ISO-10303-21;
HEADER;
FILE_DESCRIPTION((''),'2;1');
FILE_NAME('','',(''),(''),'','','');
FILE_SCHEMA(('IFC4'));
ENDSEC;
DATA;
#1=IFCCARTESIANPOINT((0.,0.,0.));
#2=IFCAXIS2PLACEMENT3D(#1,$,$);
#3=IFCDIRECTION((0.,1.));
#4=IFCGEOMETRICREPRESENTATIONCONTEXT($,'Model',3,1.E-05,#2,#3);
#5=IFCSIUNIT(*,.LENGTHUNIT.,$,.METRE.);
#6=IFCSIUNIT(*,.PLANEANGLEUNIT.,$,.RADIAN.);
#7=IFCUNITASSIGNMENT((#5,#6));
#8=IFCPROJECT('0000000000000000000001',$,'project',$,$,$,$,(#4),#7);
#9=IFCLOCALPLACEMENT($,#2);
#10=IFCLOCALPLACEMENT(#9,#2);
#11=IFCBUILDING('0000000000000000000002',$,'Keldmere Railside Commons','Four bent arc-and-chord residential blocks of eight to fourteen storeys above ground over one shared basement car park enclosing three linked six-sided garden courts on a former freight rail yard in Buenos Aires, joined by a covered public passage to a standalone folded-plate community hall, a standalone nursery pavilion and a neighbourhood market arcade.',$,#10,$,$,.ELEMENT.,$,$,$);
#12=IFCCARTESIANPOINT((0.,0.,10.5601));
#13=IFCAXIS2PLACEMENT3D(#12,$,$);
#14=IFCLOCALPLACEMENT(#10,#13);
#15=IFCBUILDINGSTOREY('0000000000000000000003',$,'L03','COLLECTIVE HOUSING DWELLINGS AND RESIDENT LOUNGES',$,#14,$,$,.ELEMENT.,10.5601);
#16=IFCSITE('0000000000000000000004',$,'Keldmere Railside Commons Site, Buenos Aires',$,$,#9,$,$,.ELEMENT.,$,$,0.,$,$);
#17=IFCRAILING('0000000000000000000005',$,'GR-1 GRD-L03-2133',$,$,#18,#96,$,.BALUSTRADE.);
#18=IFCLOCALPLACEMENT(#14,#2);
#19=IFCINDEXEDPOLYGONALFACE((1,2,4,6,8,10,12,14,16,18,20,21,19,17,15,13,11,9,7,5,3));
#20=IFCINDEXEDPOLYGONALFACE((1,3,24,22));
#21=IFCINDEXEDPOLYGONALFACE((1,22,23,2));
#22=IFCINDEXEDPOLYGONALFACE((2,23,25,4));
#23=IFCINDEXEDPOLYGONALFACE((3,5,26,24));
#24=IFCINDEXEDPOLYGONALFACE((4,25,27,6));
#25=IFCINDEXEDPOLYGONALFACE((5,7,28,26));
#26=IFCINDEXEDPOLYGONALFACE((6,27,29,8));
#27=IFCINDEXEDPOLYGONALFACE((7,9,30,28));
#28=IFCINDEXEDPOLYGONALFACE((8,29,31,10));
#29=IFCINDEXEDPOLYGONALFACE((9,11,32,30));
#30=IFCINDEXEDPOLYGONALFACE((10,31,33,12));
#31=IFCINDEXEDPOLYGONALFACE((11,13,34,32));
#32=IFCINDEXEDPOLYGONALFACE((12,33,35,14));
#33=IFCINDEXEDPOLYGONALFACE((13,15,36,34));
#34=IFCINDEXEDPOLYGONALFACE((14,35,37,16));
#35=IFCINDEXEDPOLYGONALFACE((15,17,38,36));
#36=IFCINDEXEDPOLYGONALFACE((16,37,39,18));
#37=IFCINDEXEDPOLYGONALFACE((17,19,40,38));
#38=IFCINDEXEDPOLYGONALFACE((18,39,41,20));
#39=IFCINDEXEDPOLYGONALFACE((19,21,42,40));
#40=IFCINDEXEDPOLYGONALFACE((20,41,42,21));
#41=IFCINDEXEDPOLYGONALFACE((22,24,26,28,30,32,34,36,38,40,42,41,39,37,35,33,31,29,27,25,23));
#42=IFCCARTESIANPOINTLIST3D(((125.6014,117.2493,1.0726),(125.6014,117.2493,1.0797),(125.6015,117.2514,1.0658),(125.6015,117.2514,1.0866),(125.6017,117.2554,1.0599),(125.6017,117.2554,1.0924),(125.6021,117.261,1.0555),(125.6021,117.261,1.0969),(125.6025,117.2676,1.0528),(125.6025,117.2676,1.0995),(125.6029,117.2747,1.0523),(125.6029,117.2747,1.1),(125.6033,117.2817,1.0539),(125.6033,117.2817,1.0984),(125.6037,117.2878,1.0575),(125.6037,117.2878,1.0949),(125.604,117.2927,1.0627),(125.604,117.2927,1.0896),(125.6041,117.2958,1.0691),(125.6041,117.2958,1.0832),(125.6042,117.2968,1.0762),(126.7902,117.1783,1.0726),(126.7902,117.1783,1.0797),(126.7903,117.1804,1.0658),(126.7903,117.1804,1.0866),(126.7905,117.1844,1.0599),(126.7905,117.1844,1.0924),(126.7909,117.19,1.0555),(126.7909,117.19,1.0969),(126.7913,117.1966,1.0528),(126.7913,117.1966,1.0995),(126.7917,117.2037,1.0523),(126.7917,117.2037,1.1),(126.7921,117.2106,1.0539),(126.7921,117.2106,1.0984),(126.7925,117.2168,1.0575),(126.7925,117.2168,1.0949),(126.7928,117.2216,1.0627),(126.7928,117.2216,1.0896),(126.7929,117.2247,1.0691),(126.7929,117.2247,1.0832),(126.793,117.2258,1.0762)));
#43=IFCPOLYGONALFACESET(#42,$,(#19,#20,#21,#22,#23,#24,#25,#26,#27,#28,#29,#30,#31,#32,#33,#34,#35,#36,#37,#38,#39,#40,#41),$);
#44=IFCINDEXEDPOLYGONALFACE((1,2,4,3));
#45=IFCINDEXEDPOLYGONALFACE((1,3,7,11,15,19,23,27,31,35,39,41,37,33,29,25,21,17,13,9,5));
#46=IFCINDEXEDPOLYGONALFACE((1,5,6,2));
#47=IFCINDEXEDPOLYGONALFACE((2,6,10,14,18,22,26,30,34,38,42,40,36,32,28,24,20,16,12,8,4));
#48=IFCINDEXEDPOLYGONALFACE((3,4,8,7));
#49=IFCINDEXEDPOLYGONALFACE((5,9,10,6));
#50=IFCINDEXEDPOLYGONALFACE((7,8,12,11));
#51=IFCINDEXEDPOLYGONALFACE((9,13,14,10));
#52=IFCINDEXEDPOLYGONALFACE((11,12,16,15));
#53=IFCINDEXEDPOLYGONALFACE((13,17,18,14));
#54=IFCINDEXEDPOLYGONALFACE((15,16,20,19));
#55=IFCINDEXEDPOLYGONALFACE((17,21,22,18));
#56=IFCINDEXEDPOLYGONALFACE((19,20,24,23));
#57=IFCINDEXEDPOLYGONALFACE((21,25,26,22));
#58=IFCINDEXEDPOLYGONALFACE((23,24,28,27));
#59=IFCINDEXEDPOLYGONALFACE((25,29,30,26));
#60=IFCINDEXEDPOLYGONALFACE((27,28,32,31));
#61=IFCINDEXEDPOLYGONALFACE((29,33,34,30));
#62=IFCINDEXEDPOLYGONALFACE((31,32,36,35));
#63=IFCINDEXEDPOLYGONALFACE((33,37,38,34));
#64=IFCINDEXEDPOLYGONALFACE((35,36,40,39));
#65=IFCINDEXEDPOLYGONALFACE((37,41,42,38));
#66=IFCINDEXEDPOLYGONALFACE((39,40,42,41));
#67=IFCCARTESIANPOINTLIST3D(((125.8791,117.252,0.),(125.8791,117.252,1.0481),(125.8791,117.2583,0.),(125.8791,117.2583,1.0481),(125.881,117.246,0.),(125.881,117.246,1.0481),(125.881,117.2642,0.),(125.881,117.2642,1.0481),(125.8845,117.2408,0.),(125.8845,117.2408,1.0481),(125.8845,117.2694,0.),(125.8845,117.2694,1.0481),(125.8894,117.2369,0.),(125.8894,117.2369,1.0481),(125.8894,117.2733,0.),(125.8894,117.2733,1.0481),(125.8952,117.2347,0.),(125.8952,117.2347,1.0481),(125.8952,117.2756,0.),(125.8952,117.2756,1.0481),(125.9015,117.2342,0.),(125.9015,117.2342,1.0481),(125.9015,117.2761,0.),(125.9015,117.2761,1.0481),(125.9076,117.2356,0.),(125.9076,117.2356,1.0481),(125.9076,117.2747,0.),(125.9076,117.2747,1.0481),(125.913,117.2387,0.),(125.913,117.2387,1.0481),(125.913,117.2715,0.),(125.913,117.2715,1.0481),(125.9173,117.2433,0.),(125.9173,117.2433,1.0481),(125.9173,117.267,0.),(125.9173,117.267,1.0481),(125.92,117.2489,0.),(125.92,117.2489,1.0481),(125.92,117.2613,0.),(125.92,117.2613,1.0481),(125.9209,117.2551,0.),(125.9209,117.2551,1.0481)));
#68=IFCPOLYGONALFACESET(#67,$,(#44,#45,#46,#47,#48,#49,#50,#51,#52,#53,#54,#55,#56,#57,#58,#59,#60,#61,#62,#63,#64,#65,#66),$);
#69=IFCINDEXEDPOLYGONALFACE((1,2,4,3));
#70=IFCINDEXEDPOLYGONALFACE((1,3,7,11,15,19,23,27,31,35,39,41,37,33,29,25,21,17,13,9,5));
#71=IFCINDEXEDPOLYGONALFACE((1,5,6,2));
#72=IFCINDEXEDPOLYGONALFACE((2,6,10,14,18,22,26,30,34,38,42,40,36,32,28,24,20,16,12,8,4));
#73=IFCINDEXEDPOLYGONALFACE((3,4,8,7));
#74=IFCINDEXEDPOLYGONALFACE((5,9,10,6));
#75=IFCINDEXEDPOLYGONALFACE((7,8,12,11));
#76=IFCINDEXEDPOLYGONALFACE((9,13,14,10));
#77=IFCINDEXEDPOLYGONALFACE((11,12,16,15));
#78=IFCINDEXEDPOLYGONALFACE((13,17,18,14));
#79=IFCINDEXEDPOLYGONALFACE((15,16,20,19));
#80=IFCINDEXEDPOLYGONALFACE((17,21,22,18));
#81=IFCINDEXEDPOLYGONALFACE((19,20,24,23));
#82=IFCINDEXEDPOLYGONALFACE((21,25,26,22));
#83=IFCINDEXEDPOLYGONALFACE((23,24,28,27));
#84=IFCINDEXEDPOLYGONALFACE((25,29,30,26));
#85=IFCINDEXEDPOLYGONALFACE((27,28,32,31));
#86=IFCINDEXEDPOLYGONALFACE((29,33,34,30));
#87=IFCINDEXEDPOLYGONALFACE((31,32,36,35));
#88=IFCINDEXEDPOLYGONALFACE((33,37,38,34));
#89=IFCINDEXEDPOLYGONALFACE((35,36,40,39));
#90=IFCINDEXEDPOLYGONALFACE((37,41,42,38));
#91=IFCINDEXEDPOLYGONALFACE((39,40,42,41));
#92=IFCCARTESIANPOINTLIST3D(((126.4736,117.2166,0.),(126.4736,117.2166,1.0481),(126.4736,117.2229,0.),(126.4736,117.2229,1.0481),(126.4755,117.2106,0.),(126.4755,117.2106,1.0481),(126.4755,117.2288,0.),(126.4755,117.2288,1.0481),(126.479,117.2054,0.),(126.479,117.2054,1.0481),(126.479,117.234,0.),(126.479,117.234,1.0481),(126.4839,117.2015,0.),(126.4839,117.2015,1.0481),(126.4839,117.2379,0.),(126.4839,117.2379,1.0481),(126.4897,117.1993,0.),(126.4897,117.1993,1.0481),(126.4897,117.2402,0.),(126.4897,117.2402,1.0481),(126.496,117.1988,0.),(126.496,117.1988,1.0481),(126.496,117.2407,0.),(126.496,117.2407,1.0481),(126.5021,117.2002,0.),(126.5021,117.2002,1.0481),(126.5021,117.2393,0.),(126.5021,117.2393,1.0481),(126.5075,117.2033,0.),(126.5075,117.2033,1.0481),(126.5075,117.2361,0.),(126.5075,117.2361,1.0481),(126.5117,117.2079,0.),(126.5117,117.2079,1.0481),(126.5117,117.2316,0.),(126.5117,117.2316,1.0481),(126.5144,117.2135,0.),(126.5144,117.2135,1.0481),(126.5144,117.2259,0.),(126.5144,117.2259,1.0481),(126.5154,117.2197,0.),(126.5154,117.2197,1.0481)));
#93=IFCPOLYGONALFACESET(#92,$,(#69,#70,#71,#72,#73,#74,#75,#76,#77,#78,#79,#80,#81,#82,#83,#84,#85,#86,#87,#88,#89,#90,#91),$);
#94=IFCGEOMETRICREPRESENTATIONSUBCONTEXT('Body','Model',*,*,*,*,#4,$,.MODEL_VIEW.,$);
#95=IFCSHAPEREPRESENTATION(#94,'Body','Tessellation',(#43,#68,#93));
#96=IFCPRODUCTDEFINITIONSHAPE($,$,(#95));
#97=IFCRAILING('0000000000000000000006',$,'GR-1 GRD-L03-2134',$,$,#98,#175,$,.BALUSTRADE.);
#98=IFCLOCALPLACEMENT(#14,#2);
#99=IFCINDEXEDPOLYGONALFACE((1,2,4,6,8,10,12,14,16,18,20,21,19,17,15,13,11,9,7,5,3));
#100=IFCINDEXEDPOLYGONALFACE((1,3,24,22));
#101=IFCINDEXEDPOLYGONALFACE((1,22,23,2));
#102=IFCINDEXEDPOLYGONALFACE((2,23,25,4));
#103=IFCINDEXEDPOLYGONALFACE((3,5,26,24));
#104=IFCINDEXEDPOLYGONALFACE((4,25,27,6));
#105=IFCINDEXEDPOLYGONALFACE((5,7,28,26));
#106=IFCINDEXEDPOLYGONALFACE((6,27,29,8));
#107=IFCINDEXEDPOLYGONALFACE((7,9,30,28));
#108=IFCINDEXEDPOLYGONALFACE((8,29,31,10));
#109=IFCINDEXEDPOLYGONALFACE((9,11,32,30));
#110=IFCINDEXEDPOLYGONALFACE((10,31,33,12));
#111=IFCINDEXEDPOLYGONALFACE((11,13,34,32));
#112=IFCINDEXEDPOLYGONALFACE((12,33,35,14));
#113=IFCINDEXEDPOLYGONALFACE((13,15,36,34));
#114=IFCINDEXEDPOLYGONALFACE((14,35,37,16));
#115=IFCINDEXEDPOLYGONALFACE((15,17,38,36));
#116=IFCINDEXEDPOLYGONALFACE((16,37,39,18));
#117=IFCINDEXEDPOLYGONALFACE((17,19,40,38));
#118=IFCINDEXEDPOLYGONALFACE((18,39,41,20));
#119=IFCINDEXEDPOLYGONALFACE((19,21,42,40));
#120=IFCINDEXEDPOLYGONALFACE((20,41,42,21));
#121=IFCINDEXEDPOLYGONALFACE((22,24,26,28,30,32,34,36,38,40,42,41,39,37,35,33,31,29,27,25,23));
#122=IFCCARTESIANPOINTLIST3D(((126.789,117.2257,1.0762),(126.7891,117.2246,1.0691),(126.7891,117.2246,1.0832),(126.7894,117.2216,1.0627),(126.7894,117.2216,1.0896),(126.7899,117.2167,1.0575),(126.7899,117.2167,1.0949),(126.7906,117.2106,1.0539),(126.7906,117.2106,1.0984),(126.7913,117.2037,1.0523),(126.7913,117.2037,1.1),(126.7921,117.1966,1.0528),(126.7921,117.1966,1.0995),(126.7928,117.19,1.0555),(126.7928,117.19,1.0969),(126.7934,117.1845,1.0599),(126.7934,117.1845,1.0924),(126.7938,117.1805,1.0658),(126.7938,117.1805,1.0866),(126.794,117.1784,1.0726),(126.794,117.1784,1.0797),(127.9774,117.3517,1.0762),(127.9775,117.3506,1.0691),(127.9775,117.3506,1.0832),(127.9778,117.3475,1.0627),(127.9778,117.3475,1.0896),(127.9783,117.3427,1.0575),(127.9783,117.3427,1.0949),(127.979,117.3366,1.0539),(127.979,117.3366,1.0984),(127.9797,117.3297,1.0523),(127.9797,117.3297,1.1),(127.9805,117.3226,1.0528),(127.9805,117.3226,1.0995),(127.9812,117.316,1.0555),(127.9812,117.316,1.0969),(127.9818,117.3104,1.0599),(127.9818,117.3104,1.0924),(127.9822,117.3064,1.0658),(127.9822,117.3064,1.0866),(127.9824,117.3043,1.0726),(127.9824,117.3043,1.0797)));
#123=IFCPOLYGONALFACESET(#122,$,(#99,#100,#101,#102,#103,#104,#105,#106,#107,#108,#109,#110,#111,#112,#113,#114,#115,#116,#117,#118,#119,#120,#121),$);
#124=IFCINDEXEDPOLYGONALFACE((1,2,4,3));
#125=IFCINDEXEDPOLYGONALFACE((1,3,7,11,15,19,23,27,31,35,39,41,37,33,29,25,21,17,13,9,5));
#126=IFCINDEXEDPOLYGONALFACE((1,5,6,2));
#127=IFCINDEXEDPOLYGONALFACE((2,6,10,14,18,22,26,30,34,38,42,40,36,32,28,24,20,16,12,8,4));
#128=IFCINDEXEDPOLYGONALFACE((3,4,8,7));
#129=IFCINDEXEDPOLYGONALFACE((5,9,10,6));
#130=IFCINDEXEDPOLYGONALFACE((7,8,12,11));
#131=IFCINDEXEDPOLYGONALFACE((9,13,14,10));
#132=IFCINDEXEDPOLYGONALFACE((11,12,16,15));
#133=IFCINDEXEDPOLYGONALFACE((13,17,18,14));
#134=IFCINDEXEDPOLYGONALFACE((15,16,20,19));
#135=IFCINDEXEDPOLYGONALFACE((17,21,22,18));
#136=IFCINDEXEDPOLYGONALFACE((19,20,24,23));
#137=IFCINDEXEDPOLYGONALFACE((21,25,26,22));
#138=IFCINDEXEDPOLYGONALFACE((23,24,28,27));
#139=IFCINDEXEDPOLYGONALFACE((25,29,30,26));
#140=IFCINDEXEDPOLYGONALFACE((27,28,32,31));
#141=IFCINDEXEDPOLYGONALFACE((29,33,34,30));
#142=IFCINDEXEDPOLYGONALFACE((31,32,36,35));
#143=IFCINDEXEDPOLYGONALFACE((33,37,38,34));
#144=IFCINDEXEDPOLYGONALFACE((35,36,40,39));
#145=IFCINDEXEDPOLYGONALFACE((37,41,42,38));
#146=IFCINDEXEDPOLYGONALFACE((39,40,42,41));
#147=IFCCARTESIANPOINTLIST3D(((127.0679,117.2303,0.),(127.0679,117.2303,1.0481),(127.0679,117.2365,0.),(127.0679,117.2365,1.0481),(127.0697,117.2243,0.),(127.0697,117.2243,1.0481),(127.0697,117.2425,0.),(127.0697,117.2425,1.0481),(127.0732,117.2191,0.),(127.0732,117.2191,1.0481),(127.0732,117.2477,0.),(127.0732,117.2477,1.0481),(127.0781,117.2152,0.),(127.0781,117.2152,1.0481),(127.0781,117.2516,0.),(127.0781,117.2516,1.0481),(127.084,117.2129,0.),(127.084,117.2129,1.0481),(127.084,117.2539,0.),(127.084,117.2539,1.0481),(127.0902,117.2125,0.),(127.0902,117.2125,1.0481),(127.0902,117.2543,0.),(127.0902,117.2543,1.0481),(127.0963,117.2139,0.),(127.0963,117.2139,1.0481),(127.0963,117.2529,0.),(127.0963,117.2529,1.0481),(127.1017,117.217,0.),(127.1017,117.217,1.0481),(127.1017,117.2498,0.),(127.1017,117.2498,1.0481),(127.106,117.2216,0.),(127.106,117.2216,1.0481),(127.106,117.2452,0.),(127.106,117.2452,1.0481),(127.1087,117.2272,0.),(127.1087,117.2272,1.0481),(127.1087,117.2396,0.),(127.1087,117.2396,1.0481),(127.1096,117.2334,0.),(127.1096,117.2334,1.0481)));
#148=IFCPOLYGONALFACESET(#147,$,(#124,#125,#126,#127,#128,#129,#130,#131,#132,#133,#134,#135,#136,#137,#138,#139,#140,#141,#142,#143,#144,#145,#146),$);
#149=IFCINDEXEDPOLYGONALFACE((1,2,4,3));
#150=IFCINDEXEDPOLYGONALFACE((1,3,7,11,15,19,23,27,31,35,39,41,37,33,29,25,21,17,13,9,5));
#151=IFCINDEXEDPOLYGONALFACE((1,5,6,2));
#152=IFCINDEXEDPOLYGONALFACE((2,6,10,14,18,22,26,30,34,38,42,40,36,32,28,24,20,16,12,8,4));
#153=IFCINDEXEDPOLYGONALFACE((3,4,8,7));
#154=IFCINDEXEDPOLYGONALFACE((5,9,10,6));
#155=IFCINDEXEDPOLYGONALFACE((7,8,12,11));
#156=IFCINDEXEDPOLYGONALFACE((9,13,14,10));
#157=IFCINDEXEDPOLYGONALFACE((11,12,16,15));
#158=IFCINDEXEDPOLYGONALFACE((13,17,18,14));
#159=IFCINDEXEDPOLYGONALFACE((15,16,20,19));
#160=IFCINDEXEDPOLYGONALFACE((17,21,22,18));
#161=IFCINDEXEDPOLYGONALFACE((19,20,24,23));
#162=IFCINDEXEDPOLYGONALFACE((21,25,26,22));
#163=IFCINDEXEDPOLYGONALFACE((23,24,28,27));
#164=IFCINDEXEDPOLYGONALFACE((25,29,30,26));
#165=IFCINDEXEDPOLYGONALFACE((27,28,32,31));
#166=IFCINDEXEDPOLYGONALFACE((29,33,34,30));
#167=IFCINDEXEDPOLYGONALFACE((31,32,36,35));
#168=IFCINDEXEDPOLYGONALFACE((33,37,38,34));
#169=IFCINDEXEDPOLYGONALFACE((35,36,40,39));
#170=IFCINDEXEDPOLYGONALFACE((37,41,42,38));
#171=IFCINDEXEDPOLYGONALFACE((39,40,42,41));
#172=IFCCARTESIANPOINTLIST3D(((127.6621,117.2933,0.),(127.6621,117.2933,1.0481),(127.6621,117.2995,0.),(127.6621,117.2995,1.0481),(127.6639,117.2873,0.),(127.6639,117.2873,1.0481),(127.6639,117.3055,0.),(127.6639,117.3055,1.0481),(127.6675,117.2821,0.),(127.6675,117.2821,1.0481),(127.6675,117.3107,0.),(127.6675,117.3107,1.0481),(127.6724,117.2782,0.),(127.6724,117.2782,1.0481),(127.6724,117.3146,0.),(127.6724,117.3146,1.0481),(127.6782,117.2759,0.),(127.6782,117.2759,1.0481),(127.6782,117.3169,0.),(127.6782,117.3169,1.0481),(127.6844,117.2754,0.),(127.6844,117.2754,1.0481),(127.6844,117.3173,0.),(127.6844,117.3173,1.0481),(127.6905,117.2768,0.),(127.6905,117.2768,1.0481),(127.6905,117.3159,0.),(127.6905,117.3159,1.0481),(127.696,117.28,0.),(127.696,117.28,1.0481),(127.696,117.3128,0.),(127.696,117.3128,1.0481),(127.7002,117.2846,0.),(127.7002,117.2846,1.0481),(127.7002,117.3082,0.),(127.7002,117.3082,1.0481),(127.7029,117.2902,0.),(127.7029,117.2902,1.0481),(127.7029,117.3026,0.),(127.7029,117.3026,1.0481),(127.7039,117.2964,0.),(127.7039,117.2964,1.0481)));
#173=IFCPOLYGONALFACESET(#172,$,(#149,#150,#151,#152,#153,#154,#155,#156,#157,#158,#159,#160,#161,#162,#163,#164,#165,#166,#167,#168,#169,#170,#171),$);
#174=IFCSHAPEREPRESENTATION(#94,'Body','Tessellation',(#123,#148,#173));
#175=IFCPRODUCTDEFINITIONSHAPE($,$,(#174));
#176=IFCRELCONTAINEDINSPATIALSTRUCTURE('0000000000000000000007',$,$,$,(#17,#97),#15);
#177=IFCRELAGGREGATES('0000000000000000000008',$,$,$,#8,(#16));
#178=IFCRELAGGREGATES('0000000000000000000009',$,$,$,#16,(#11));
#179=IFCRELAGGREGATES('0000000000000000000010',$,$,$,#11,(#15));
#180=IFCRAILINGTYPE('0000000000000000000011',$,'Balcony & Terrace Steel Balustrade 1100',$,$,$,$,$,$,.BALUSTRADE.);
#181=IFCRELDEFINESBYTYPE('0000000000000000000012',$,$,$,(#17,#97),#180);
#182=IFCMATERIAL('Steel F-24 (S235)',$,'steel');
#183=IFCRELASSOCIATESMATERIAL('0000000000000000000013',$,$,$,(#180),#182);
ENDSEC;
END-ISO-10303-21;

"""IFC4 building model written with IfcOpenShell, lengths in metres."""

from ifc_helpers import new_model, si_unit, direction, frame, origin, origin_2d, place, context, subcontext, project, spatial, circle, extrude, material, type_object, element, save


model = new_model("IFC4")

# Units and contexts
model_context = context("Model", 3, precision=1e-05, world=origin(), true_north=direction((0.0, 1.0)))
body_context = subcontext(model_context, "Body", "Model", "MODEL_VIEW")
ifc_project = project(units=[si_unit("LENGTHUNIT", "METRE"), si_unit("PLANEANGLEUNIT", "RADIAN")], contexts=[model_context])

# Site, building, storey
site_placement = place(None, origin())
site = spatial("IfcSite", under=ifc_project, at=site_placement, Name="Keldmere Railside Commons Site, Buenos Aires", CompositionType="ELEMENT", RefElevation=0.0)
building_placement = place(site_placement, origin())
building = spatial("IfcBuilding", under=site, at=building_placement, Name="Keldmere Railside Commons", Description="Four bent arc-and-chord residential blocks of eight to fourteen storeys above ground over one shared basement car park enclosing three linked six-sided garden courts on a former freight rail yard in Buenos Aires, joined by a covered public passage to a standalone folded-plate community hall, a standalone nursery pavilion and a neighbourhood market arcade.", CompositionType="ELEMENT")
storey_placement = place(building_placement, frame((0.0, 0.0, 10.5601)))
storey = spatial("IfcBuildingStorey", under=building, at=storey_placement, Name="L03", Description="COLLECTIVE HOUSING DWELLINGS AND RESIDENT LOUNGES", CompositionType="ELEMENT", Elevation=10.5601)

# Railings
ifc_material_1 = material(Name="Steel F-24 (S235)", Category="steel")
railing_type_1 = type_object("IfcRailingType", Name="Balcony & Terrace Steel Balustrade 1100", PredefinedType="BALUSTRADE", material=ifc_material_1)
railing_1_placement = place(storey_placement, frame((125.6028, 117.2729, 0.0)))
element("IfcRailing", 1, at=railing_1_placement, inside=storey, type_object=railing_type_1, Name="GR-1 GRD-L03-2133", PredefinedType="BALUSTRADE", context=body_context, shape_type="SweptSolid", body=[
    extrude(circle(Radius=0.0239, at=origin_2d()), frame((0.0, 0.0, 1.0762), z_axis=(0.998219, -0.059659, 0.0), x_axis=(0.059659, 0.998219, 0.0)), (0.0, 0.0, 1.0), 1.1909),
    extrude(circle(Radius=0.021, at=origin_2d()), frame((0.2971, -0.0178, 0.0)), (0.0, 0.0, 1.0), 1.0481),
    extrude(circle(Radius=0.021, at=origin_2d()), frame((0.8916, -0.0532, 0.0)), (0.0, 0.0, 1.0), 1.0481),
])
railing_2_placement = place(storey_placement, frame((126.7915, 117.2019, 0.0)))
element("IfcRailing", 2, at=railing_2_placement, inside=storey, type_object=railing_type_1, Name="GR-1 GRD-L03-2134", PredefinedType="BALUSTRADE", context=body_context, shape_type="SweptSolid", body=[
    extrude(circle(Radius=0.0239, at=origin_2d()), frame((0.0, 0.0, 1.0762), z_axis=(0.994429, 0.105408, 0.0), x_axis=(-0.105408, 0.994429, 0.0)), (0.0, 0.0, 1.0), 1.1951),
    extrude(circle(Radius=0.021, at=origin_2d()), frame((0.2971, 0.0315, 0.0)), (0.0, 0.0, 1.0), 1.0481),
    extrude(circle(Radius=0.021, at=origin_2d()), frame((0.8914, 0.0945, 0.0)), (0.0, 0.0, 1.0), 1.0481),
])

save(model, "model.ifc")
